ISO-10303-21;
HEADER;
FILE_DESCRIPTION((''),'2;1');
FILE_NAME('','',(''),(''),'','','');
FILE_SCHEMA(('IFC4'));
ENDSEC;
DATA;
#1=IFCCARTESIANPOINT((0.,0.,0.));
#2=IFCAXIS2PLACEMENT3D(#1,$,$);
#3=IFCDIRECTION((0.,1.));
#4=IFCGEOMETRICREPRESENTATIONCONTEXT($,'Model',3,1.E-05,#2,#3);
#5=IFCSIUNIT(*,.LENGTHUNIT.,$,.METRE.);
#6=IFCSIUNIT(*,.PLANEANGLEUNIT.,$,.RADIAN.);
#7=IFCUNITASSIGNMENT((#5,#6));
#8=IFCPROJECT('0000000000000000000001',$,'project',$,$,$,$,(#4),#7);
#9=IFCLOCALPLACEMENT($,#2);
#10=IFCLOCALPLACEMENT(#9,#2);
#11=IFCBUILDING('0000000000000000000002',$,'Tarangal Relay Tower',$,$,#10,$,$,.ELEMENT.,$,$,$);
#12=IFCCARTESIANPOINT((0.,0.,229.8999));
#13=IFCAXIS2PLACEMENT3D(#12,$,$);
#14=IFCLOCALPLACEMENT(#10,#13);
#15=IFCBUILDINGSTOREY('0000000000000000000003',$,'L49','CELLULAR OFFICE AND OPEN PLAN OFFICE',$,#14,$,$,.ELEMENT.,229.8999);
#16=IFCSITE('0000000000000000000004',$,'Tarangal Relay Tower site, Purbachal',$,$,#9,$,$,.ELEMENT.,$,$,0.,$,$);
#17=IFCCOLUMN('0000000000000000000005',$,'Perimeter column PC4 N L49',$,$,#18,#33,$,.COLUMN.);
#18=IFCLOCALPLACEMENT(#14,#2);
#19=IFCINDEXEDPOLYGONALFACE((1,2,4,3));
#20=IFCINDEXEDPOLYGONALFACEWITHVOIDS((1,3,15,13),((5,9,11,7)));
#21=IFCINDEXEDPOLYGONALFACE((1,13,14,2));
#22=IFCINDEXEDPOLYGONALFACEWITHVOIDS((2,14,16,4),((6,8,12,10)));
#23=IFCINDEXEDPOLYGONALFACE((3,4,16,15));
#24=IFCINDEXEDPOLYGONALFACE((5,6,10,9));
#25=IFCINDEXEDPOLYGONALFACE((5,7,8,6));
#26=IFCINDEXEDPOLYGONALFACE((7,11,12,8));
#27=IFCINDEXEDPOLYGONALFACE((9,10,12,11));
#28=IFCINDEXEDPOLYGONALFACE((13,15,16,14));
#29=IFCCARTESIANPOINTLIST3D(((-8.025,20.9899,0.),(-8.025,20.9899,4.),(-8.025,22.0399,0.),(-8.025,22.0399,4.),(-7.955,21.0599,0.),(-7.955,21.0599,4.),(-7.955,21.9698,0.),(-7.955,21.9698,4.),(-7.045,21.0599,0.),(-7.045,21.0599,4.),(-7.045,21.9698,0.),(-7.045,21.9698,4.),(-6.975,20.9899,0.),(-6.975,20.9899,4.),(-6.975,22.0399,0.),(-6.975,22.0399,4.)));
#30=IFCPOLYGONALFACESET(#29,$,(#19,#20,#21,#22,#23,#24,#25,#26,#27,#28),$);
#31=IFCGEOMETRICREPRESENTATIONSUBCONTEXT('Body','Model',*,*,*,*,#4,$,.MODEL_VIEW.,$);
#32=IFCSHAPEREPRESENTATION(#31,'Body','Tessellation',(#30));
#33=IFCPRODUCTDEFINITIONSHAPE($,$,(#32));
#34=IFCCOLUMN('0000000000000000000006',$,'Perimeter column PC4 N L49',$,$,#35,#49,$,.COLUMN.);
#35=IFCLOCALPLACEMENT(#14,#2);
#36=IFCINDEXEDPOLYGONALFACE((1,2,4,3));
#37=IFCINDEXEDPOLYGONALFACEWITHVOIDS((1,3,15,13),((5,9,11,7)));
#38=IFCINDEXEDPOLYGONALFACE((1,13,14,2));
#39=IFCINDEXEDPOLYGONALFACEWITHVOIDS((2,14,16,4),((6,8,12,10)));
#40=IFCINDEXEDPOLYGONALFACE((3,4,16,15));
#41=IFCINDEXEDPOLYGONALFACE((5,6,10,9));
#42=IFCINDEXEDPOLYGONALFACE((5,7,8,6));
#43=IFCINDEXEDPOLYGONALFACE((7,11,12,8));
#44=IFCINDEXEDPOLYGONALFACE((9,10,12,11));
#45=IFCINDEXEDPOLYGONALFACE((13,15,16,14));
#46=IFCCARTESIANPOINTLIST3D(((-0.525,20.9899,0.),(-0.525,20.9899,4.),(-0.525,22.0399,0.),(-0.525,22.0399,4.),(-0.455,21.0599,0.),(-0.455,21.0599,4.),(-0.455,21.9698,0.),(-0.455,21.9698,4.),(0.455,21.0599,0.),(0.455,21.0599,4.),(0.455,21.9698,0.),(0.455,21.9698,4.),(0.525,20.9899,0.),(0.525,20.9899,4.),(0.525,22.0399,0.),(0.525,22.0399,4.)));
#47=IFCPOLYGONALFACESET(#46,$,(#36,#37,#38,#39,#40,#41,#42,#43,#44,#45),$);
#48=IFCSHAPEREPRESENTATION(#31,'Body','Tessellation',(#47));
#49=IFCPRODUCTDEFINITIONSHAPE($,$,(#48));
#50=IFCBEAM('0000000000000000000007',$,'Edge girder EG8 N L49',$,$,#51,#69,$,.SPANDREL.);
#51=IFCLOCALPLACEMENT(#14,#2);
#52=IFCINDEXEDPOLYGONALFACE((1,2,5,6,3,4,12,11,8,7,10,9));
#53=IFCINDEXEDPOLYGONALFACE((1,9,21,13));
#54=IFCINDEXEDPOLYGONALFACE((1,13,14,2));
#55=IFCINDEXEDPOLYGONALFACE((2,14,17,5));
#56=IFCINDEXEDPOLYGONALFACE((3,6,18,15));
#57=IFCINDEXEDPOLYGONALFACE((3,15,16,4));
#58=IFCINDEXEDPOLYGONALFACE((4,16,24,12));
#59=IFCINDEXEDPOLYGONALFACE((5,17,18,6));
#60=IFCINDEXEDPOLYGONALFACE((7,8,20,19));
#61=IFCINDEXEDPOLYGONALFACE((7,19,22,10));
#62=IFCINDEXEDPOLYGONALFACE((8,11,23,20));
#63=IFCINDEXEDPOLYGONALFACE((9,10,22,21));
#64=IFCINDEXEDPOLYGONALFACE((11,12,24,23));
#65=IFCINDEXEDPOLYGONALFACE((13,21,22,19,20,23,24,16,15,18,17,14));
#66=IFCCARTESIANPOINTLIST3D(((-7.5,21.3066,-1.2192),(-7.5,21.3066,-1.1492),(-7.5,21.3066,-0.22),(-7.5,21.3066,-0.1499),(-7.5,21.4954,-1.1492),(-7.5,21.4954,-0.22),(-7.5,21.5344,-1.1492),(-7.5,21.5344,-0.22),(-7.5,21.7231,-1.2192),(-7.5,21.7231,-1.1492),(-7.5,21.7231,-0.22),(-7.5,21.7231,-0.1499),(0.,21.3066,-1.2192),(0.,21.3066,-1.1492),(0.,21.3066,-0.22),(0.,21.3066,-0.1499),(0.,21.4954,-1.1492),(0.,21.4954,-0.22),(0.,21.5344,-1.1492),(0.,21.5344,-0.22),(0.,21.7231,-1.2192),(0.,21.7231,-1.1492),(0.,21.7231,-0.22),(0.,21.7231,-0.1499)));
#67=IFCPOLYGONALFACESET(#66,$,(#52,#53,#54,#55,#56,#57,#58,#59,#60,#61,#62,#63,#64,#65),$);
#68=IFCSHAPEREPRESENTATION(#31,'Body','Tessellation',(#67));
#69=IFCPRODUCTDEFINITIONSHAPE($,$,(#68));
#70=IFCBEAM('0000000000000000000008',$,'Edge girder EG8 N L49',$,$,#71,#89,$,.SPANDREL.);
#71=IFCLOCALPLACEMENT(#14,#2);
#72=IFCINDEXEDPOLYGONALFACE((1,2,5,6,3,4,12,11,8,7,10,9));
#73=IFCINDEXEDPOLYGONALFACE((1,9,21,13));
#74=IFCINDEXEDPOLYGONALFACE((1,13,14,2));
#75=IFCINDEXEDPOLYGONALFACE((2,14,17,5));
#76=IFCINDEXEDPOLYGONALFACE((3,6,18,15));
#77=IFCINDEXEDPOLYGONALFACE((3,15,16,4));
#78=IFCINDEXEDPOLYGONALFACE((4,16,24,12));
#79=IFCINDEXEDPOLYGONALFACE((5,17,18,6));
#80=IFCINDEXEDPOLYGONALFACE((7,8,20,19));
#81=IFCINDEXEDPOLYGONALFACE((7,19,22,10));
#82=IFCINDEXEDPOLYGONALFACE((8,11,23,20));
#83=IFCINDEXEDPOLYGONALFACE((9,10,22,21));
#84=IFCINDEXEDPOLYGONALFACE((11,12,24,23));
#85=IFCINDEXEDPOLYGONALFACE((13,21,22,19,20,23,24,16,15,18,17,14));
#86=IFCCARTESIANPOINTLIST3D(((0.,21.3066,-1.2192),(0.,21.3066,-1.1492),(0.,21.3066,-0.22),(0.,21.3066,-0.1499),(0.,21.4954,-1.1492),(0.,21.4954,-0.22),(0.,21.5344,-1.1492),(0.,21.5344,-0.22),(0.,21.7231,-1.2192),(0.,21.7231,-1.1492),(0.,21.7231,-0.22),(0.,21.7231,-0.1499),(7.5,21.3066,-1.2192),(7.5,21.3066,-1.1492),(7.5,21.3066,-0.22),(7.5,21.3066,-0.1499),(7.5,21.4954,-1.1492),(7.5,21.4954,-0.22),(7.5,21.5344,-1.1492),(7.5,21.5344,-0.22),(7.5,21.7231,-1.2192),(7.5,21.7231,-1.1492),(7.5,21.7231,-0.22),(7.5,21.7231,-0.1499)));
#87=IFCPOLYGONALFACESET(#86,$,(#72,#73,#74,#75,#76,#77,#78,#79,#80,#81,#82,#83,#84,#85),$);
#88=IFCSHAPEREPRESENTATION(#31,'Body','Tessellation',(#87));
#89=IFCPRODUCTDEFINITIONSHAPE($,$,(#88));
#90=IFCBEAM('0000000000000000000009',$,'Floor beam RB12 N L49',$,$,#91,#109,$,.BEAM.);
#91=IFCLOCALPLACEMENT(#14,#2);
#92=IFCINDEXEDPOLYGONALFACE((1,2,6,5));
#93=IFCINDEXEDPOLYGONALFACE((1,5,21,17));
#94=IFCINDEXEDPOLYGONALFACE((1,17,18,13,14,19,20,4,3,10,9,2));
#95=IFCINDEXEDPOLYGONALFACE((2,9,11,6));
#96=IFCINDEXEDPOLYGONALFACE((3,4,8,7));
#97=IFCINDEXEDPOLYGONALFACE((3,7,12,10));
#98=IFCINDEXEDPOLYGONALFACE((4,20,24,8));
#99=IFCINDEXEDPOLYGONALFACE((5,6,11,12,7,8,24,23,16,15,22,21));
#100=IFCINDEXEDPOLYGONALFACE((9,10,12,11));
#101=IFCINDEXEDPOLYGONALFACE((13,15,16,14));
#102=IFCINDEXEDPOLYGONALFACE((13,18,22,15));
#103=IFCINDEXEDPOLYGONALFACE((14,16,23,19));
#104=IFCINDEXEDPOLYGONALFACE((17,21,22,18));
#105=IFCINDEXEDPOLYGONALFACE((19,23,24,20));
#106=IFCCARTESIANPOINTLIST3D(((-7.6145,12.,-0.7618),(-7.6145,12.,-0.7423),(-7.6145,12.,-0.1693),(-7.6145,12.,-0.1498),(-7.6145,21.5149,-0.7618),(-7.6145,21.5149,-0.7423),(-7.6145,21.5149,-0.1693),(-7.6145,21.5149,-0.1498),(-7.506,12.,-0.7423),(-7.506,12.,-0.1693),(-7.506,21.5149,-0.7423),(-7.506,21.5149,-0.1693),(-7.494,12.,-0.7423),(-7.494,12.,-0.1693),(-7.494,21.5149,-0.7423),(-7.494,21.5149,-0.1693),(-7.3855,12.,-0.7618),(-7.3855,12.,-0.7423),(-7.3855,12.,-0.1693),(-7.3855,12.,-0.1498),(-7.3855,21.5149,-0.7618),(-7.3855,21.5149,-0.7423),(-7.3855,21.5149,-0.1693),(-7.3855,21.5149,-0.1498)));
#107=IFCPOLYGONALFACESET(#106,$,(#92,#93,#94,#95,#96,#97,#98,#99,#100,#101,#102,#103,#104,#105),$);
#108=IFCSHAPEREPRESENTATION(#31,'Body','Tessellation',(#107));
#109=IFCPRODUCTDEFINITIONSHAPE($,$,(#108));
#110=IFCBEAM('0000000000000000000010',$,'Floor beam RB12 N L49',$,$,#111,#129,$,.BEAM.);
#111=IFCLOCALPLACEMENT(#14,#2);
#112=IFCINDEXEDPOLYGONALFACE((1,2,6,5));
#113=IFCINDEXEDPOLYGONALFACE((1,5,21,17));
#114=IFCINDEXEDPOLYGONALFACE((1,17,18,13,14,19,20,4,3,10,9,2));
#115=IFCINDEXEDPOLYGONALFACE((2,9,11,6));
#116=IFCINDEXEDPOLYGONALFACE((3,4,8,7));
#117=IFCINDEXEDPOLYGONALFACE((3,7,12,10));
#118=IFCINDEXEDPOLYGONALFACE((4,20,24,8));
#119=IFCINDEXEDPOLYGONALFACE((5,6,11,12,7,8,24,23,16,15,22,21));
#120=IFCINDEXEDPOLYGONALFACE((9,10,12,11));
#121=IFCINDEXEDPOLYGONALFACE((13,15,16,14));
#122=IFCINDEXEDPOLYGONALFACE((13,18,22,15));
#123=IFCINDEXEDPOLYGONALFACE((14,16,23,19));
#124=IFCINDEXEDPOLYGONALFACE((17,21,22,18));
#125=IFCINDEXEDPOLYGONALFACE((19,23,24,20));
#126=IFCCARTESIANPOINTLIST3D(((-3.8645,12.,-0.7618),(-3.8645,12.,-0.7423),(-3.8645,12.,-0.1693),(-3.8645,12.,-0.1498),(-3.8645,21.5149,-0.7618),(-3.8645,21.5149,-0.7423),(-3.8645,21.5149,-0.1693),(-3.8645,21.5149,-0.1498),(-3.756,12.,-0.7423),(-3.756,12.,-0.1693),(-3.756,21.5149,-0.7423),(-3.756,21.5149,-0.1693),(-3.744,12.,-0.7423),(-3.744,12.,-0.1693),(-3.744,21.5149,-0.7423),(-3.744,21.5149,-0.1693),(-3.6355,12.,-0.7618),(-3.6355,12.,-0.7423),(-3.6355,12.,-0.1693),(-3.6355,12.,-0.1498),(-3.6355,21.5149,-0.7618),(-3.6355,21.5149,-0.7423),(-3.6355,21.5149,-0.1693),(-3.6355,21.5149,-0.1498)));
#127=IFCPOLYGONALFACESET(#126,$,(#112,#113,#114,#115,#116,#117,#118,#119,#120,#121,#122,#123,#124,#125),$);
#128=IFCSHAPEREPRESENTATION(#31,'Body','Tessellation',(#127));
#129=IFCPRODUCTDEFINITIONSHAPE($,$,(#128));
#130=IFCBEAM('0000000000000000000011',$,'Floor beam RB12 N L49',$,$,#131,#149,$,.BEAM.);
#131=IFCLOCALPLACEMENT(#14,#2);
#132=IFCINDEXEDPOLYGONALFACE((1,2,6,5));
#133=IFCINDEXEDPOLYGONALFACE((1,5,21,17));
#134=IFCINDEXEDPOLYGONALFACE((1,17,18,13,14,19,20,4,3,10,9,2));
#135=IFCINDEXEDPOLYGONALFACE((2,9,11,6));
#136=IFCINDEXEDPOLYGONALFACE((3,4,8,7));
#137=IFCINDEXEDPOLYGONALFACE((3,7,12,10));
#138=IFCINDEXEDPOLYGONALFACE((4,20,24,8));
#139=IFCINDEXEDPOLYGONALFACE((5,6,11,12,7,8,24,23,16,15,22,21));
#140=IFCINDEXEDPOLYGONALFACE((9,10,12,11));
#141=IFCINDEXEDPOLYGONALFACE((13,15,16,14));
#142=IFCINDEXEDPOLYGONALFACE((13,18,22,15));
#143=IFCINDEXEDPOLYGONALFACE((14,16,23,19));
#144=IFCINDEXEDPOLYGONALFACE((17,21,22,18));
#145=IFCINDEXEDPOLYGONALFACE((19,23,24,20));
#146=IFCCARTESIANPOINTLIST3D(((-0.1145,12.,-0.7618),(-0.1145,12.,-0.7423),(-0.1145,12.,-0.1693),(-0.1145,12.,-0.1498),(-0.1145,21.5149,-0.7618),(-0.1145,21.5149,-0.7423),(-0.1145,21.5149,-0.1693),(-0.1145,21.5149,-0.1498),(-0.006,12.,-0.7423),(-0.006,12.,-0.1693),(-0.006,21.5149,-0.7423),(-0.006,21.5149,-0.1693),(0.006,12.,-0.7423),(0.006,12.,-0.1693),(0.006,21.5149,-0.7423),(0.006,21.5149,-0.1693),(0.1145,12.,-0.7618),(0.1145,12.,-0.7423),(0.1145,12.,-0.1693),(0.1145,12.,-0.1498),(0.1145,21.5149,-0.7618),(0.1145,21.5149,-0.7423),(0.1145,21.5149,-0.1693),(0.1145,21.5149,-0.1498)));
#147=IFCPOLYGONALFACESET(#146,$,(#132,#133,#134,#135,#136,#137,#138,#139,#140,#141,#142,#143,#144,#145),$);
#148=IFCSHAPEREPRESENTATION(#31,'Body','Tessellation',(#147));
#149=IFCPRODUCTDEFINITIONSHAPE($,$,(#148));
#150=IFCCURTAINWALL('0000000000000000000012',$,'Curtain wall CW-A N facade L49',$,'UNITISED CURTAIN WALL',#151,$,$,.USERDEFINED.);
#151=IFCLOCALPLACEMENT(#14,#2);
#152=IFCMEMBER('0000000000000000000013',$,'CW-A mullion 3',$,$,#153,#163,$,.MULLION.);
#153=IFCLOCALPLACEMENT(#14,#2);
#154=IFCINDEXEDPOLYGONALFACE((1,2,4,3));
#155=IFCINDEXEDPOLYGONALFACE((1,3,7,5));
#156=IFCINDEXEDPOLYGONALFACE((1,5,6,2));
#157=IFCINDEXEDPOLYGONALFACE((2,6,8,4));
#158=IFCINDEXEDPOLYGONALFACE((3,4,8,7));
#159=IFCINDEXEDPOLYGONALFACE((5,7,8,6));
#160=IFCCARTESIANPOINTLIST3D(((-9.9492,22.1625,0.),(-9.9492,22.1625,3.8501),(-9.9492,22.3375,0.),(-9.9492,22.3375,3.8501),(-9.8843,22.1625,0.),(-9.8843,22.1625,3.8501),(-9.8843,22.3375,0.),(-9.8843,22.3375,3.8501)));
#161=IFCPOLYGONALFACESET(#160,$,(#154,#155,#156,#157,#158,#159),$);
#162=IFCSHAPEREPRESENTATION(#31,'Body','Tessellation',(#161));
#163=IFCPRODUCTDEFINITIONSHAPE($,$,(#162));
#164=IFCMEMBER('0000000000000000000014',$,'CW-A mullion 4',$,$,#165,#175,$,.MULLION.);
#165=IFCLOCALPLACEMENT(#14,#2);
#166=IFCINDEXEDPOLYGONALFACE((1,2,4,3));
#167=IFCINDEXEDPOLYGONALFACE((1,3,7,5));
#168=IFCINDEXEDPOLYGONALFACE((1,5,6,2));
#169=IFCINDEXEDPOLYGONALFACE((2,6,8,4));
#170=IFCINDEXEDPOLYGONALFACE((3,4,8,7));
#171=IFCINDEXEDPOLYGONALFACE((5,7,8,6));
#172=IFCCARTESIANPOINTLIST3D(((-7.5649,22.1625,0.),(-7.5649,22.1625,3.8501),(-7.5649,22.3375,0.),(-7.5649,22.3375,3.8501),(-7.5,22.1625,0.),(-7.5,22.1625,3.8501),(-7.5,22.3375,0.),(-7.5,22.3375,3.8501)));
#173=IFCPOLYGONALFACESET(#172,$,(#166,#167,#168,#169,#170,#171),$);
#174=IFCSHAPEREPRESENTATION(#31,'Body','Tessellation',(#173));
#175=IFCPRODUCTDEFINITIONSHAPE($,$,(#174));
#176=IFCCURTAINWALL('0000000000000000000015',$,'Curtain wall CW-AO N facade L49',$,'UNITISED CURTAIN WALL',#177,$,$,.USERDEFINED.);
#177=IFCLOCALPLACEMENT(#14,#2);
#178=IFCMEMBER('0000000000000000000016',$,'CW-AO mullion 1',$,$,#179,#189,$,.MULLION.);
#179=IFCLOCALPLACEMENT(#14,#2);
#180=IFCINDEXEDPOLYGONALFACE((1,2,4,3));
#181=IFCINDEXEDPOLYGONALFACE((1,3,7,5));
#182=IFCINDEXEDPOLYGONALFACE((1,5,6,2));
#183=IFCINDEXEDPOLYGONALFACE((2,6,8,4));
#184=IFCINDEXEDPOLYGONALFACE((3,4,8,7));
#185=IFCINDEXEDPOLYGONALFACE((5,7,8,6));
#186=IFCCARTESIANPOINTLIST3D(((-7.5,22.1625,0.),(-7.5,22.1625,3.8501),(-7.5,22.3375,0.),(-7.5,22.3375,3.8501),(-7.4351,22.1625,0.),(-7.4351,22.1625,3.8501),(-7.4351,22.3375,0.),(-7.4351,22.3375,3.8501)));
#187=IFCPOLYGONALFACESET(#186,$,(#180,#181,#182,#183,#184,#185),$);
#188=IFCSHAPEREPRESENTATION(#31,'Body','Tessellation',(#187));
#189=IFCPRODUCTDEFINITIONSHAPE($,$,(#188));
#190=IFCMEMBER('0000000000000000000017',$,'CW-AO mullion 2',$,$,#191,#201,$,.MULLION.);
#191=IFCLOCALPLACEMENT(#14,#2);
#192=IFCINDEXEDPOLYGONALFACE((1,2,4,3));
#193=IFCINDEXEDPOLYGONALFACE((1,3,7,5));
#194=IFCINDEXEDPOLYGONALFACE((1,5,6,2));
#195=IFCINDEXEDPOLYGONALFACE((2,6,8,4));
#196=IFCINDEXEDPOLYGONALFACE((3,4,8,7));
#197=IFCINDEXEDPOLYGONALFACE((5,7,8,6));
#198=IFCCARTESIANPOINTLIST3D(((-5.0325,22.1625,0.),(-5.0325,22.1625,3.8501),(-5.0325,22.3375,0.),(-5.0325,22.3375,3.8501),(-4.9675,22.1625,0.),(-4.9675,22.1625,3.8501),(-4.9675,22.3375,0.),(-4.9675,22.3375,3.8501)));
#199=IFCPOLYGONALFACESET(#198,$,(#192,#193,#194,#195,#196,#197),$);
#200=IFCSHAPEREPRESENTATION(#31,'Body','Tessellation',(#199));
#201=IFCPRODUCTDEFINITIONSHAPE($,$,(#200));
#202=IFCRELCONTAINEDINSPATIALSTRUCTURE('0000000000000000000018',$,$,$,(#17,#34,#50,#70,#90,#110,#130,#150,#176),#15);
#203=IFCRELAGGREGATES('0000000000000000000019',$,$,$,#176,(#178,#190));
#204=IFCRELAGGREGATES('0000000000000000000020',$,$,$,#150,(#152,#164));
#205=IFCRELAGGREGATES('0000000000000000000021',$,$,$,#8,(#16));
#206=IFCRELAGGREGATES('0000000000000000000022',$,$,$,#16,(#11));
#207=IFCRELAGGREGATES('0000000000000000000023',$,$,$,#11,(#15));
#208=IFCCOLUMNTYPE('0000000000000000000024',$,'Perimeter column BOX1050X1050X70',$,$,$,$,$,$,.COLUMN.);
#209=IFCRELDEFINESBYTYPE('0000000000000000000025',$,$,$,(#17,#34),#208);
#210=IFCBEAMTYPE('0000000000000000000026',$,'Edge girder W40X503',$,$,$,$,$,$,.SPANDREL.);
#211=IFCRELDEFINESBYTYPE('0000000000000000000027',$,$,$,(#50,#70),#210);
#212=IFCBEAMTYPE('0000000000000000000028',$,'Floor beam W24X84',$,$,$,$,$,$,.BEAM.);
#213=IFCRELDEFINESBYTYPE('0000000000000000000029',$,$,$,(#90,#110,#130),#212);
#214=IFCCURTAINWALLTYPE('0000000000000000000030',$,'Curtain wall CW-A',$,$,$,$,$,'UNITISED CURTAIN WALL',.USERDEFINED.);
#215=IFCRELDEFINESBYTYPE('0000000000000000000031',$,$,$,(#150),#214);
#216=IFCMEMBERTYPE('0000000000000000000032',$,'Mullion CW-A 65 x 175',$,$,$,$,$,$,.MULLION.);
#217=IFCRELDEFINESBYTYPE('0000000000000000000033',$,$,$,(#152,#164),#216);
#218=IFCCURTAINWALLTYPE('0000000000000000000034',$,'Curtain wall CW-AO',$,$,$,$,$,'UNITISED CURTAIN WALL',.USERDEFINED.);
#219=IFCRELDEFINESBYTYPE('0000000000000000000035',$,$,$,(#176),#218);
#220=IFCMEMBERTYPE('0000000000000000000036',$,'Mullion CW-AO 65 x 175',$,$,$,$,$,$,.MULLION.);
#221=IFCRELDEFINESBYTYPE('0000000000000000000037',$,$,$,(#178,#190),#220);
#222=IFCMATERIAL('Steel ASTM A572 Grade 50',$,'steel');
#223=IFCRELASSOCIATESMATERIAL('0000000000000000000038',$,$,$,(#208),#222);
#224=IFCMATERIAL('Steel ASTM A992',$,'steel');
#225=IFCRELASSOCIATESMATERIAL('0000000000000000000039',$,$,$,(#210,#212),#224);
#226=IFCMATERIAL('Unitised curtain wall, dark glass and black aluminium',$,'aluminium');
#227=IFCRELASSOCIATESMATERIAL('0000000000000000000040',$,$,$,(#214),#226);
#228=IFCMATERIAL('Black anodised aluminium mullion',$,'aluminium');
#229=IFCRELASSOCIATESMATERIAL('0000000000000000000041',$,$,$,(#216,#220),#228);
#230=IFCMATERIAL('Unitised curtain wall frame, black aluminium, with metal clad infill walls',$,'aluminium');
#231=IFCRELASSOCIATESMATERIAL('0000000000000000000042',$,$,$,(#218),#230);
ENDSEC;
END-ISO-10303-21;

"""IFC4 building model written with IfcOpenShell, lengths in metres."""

from ifc_helpers import new_model, si_unit, direction, frame, origin, origin_2d, place, context, subcontext, project, spatial, rectangle, hollow_rectangle, i_section, extrude, material, material_profile, profile_set, type_object, element, aggregate, save


model = new_model("IFC4")

# Units and contexts
model_context = context("Model", 3, precision=1e-05, world=origin(), true_north=direction((0.0, 1.0)))
body_context = subcontext(model_context, "Body", "Model", "MODEL_VIEW")
ifc_project = project(units=[si_unit("LENGTHUNIT", "METRE"), si_unit("PLANEANGLEUNIT", "RADIAN")], contexts=[model_context])

# Site, building, storey
site_placement = place(None, origin())
site = spatial("IfcSite", under=ifc_project, at=site_placement, Name="Tarangal Relay Tower site, Purbachal", CompositionType="ELEMENT", RefElevation=0.0)
building_placement = place(site_placement, origin())
building = spatial("IfcBuilding", under=site, at=building_placement, Name="Tarangal Relay Tower", CompositionType="ELEMENT")
storey_placement = place(building_placement, frame((0.0, 0.0, 229.8999)))
storey = spatial("IfcBuildingStorey", under=building, at=storey_placement, Name="L49", Description="CELLULAR OFFICE AND OPEN PLAN OFFICE", CompositionType="ELEMENT", Elevation=229.8999)

# Columns
ifc_material_1 = material(Name="Steel ASTM A572 Grade 50", Category="steel")
ifc_material_profile_1 = material_profile(ifc_material_1, hollow_rectangle(XDim=1.05, YDim=1.05, WallThickness=0.0701, at=origin_2d()), Name="BOX1050X1050X70")
ifc_profile_set_1 = profile_set([ifc_material_profile_1], Name="Steel ASTM A572 Grade 50")
column_type = type_object("IfcColumnType", Name="Perimeter column BOX1050X1050X70", PredefinedType="COLUMN", material=ifc_profile_set_1)
for number, where, z_axis, x_axis, name in (
    (1, (-7.5, 21.5149, 0.0), (0.0, 0.0, 1.0), (1.0, 0.0, 0.0), "Perimeter column PC4 N L49"),
    (2, (0.0, 21.5149, 0.0), (0.0, 0.0, 1.0), (1.0, 0.0, 0.0), "Perimeter column PC4 N L49"),
):
    element("IfcColumn", number, at=place(storey_placement, frame(where, z_axis=z_axis, x_axis=x_axis)), inside=storey, type_object=column_type, Name=name, PredefinedType="COLUMN", context=body_context, shape_type="SweptSolid", body=[
        extrude(hollow_rectangle(XDim=1.05, YDim=1.05, WallThickness=0.0701, at=origin_2d()), origin(), (0.0, 0.0, 1.0), 4.0),
    ])

# Beams
ifc_material_2 = material(Name="Steel ASTM A992", Category="steel")
ifc_material_profile_2 = material_profile(ifc_material_2, i_section(OverallWidth=0.4165, OverallDepth=1.0693, WebThickness=0.0391, FlangeThickness=0.0701, at=origin_2d()), Name="W40X503")
ifc_profile_set_2 = profile_set([ifc_material_profile_2], Name="Steel ASTM A992")
beam_type_1 = type_object("IfcBeamType", Name="Edge girder W40X503", PredefinedType="SPANDREL", material=ifc_profile_set_2)
for number, where, z_axis, x_axis, name in (
    (3, (-7.5, 21.5149, -0.6846), (1.0, 0.0, 0.0), (0.0, 1.0, 0.0), "Edge girder EG8 N L49"),
    (4, (0.0, 21.5149, -0.6846), (1.0, 0.0, 0.0), (0.0, 1.0, 0.0), "Edge girder EG8 N L49"),
):
    element("IfcBeam", number, at=place(storey_placement, frame(where, z_axis=z_axis, x_axis=x_axis)), inside=storey, type_object=beam_type_1, Name=name, PredefinedType="SPANDREL", context=body_context, shape_type="SweptSolid", body=[
        extrude(i_section(OverallWidth=0.4165, OverallDepth=1.0693, WebThickness=0.0391, FlangeThickness=0.0701, at=origin_2d()), origin(), (0.0, 0.0, 1.0), 7.5),
    ])
ifc_material_profile_3 = material_profile(ifc_material_2, i_section(OverallWidth=0.229, OverallDepth=0.6121, WebThickness=0.012, FlangeThickness=0.0195, at=origin_2d()), Name="W24X84")
ifc_profile_set_3 = profile_set([ifc_material_profile_3], Name="Steel ASTM A992")
beam_type_2 = type_object("IfcBeamType", Name="Floor beam W24X84", PredefinedType="BEAM", material=ifc_profile_set_3)
for number, where, z_axis, x_axis, name in (
    (5, (-7.5, 12.0, -0.4558), (0.0, 1.0, 0.0), (-1.0, 0.0, 0.0), "Floor beam RB12 N L49"),
    (6, (-3.75, 12.0, -0.4558), (0.0, 1.0, 0.0), (-1.0, 0.0, 0.0), "Floor beam RB12 N L49"),
    (7, (0.0, 12.0, -0.4558), (0.0, 1.0, 0.0), (-1.0, 0.0, 0.0), "Floor beam RB12 N L49"),
):
    element("IfcBeam", number, at=place(storey_placement, frame(where, z_axis=z_axis, x_axis=x_axis)), inside=storey, type_object=beam_type_2, Name=name, PredefinedType="BEAM", context=body_context, shape_type="SweptSolid", body=[
        extrude(i_section(OverallWidth=0.229, OverallDepth=0.6121, WebThickness=0.012, FlangeThickness=0.0195, at=origin_2d()), origin(), (0.0, 0.0, 1.0), 9.5149),
    ])

# Curtain walls, members
ifc_material_3 = material(Name="Unitised curtain wall, dark glass and black aluminium", Category="aluminium")
curtain_wall_type_1 = type_object("IfcCurtainWallType", Name="Curtain wall CW-A", ElementType="UNITISED CURTAIN WALL", PredefinedType="USERDEFINED", material=ifc_material_3)
curtain_wall_1_placement = place(storey_placement, origin())
curtain_wall_1 = element("IfcCurtainWall", 8, at=curtain_wall_1_placement, inside=storey, type_object=curtain_wall_type_1, Name="Curtain wall CW-A N facade L49", ObjectType="UNITISED CURTAIN WALL", PredefinedType="USERDEFINED")
ifc_material_4 = material(Name="Black anodised aluminium mullion", Category="aluminium")
ifc_material_profile_4 = material_profile(ifc_material_4, rectangle(XDim=0.175, YDim=0.0649, at=origin_2d()), Name="CW-AM 65X175")
ifc_profile_set_4 = profile_set([ifc_material_profile_4], Name="Black anodised aluminium mullion")
member_type_1 = type_object("IfcMemberType", Name="Mullion CW-A 65 x 175", PredefinedType="MULLION", material=ifc_profile_set_4)
member_1_placement = place(storey_placement, frame((-9.9167, 22.25, 0.0), z_axis=(0.0, 0.0, 1.0), x_axis=(0.0, 1.0, 0.0)))
member_1 = element("IfcMember", 9, at=member_1_placement, type_object=member_type_1, Name="CW-A mullion 3", PredefinedType="MULLION", context=body_context, shape_type="SweptSolid", body=[
    extrude(rectangle(XDim=0.175, YDim=0.0649, at=origin_2d()), origin(), (0.0, 0.0, 1.0), 3.8501),
])
member_2_placement = place(storey_placement, frame((-7.5325, 22.25, 0.0), z_axis=(0.0, 0.0, 1.0), x_axis=(0.0, 1.0, 0.0)))
member_2 = element("IfcMember", 10, at=member_2_placement, type_object=member_type_1, Name="CW-A mullion 4", PredefinedType="MULLION", context=body_context, shape_type="SweptSolid", body=[
    extrude(rectangle(XDim=0.175, YDim=0.0649, at=origin_2d()), origin(), (0.0, 0.0, 1.0), 3.8501),
])
ifc_material_5 = material(Name="Unitised curtain wall frame, black aluminium, with metal clad infill walls", Category="aluminium")
curtain_wall_type_2 = type_object("IfcCurtainWallType", Name="Curtain wall CW-AO", ElementType="UNITISED CURTAIN WALL", PredefinedType="USERDEFINED", material=ifc_material_5)
curtain_wall_2_placement = place(storey_placement, origin())
curtain_wall_2 = element("IfcCurtainWall", 11, at=curtain_wall_2_placement, inside=storey, type_object=curtain_wall_type_2, Name="Curtain wall CW-AO N facade L49", ObjectType="UNITISED CURTAIN WALL", PredefinedType="USERDEFINED")
ifc_material_profile_5 = material_profile(ifc_material_4, rectangle(XDim=0.175, YDim=0.0649, at=origin_2d()), Name="CW-AOM 65X175")
ifc_profile_set_5 = profile_set([ifc_material_profile_5], Name="Black anodised aluminium mullion")
member_type_2 = type_object("IfcMemberType", Name="Mullion CW-AO 65 x 175", PredefinedType="MULLION", material=ifc_profile_set_5)
member_3_placement = place(storey_placement, frame((-7.4675, 22.25, 0.0), z_axis=(0.0, 0.0, 1.0), x_axis=(0.0, 1.0, 0.0)))
member_3 = element("IfcMember", 12, at=member_3_placement, type_object=member_type_2, Name="CW-AO mullion 1", PredefinedType="MULLION", context=body_context, shape_type="SweptSolid", body=[
    extrude(rectangle(XDim=0.175, YDim=0.0649, at=origin_2d()), origin(), (0.0, 0.0, 1.0), 3.8501),
])
member_4_placement = place(storey_placement, frame((-5.0, 22.25, 0.0), z_axis=(0.0, 0.0, 1.0), x_axis=(0.0, 1.0, 0.0)))
member_4 = element("IfcMember", 13, at=member_4_placement, type_object=member_type_2, Name="CW-AO mullion 2", PredefinedType="MULLION", context=body_context, shape_type="SweptSolid", body=[
    extrude(rectangle(XDim=0.175, YDim=0.0649, at=origin_2d()), origin(), (0.0, 0.0, 1.0), 3.8501),
])

aggregate(curtain_wall_2, [member_3, member_4])

aggregate(curtain_wall_1, [member_1, member_2])

save(model, "model.ifc")
